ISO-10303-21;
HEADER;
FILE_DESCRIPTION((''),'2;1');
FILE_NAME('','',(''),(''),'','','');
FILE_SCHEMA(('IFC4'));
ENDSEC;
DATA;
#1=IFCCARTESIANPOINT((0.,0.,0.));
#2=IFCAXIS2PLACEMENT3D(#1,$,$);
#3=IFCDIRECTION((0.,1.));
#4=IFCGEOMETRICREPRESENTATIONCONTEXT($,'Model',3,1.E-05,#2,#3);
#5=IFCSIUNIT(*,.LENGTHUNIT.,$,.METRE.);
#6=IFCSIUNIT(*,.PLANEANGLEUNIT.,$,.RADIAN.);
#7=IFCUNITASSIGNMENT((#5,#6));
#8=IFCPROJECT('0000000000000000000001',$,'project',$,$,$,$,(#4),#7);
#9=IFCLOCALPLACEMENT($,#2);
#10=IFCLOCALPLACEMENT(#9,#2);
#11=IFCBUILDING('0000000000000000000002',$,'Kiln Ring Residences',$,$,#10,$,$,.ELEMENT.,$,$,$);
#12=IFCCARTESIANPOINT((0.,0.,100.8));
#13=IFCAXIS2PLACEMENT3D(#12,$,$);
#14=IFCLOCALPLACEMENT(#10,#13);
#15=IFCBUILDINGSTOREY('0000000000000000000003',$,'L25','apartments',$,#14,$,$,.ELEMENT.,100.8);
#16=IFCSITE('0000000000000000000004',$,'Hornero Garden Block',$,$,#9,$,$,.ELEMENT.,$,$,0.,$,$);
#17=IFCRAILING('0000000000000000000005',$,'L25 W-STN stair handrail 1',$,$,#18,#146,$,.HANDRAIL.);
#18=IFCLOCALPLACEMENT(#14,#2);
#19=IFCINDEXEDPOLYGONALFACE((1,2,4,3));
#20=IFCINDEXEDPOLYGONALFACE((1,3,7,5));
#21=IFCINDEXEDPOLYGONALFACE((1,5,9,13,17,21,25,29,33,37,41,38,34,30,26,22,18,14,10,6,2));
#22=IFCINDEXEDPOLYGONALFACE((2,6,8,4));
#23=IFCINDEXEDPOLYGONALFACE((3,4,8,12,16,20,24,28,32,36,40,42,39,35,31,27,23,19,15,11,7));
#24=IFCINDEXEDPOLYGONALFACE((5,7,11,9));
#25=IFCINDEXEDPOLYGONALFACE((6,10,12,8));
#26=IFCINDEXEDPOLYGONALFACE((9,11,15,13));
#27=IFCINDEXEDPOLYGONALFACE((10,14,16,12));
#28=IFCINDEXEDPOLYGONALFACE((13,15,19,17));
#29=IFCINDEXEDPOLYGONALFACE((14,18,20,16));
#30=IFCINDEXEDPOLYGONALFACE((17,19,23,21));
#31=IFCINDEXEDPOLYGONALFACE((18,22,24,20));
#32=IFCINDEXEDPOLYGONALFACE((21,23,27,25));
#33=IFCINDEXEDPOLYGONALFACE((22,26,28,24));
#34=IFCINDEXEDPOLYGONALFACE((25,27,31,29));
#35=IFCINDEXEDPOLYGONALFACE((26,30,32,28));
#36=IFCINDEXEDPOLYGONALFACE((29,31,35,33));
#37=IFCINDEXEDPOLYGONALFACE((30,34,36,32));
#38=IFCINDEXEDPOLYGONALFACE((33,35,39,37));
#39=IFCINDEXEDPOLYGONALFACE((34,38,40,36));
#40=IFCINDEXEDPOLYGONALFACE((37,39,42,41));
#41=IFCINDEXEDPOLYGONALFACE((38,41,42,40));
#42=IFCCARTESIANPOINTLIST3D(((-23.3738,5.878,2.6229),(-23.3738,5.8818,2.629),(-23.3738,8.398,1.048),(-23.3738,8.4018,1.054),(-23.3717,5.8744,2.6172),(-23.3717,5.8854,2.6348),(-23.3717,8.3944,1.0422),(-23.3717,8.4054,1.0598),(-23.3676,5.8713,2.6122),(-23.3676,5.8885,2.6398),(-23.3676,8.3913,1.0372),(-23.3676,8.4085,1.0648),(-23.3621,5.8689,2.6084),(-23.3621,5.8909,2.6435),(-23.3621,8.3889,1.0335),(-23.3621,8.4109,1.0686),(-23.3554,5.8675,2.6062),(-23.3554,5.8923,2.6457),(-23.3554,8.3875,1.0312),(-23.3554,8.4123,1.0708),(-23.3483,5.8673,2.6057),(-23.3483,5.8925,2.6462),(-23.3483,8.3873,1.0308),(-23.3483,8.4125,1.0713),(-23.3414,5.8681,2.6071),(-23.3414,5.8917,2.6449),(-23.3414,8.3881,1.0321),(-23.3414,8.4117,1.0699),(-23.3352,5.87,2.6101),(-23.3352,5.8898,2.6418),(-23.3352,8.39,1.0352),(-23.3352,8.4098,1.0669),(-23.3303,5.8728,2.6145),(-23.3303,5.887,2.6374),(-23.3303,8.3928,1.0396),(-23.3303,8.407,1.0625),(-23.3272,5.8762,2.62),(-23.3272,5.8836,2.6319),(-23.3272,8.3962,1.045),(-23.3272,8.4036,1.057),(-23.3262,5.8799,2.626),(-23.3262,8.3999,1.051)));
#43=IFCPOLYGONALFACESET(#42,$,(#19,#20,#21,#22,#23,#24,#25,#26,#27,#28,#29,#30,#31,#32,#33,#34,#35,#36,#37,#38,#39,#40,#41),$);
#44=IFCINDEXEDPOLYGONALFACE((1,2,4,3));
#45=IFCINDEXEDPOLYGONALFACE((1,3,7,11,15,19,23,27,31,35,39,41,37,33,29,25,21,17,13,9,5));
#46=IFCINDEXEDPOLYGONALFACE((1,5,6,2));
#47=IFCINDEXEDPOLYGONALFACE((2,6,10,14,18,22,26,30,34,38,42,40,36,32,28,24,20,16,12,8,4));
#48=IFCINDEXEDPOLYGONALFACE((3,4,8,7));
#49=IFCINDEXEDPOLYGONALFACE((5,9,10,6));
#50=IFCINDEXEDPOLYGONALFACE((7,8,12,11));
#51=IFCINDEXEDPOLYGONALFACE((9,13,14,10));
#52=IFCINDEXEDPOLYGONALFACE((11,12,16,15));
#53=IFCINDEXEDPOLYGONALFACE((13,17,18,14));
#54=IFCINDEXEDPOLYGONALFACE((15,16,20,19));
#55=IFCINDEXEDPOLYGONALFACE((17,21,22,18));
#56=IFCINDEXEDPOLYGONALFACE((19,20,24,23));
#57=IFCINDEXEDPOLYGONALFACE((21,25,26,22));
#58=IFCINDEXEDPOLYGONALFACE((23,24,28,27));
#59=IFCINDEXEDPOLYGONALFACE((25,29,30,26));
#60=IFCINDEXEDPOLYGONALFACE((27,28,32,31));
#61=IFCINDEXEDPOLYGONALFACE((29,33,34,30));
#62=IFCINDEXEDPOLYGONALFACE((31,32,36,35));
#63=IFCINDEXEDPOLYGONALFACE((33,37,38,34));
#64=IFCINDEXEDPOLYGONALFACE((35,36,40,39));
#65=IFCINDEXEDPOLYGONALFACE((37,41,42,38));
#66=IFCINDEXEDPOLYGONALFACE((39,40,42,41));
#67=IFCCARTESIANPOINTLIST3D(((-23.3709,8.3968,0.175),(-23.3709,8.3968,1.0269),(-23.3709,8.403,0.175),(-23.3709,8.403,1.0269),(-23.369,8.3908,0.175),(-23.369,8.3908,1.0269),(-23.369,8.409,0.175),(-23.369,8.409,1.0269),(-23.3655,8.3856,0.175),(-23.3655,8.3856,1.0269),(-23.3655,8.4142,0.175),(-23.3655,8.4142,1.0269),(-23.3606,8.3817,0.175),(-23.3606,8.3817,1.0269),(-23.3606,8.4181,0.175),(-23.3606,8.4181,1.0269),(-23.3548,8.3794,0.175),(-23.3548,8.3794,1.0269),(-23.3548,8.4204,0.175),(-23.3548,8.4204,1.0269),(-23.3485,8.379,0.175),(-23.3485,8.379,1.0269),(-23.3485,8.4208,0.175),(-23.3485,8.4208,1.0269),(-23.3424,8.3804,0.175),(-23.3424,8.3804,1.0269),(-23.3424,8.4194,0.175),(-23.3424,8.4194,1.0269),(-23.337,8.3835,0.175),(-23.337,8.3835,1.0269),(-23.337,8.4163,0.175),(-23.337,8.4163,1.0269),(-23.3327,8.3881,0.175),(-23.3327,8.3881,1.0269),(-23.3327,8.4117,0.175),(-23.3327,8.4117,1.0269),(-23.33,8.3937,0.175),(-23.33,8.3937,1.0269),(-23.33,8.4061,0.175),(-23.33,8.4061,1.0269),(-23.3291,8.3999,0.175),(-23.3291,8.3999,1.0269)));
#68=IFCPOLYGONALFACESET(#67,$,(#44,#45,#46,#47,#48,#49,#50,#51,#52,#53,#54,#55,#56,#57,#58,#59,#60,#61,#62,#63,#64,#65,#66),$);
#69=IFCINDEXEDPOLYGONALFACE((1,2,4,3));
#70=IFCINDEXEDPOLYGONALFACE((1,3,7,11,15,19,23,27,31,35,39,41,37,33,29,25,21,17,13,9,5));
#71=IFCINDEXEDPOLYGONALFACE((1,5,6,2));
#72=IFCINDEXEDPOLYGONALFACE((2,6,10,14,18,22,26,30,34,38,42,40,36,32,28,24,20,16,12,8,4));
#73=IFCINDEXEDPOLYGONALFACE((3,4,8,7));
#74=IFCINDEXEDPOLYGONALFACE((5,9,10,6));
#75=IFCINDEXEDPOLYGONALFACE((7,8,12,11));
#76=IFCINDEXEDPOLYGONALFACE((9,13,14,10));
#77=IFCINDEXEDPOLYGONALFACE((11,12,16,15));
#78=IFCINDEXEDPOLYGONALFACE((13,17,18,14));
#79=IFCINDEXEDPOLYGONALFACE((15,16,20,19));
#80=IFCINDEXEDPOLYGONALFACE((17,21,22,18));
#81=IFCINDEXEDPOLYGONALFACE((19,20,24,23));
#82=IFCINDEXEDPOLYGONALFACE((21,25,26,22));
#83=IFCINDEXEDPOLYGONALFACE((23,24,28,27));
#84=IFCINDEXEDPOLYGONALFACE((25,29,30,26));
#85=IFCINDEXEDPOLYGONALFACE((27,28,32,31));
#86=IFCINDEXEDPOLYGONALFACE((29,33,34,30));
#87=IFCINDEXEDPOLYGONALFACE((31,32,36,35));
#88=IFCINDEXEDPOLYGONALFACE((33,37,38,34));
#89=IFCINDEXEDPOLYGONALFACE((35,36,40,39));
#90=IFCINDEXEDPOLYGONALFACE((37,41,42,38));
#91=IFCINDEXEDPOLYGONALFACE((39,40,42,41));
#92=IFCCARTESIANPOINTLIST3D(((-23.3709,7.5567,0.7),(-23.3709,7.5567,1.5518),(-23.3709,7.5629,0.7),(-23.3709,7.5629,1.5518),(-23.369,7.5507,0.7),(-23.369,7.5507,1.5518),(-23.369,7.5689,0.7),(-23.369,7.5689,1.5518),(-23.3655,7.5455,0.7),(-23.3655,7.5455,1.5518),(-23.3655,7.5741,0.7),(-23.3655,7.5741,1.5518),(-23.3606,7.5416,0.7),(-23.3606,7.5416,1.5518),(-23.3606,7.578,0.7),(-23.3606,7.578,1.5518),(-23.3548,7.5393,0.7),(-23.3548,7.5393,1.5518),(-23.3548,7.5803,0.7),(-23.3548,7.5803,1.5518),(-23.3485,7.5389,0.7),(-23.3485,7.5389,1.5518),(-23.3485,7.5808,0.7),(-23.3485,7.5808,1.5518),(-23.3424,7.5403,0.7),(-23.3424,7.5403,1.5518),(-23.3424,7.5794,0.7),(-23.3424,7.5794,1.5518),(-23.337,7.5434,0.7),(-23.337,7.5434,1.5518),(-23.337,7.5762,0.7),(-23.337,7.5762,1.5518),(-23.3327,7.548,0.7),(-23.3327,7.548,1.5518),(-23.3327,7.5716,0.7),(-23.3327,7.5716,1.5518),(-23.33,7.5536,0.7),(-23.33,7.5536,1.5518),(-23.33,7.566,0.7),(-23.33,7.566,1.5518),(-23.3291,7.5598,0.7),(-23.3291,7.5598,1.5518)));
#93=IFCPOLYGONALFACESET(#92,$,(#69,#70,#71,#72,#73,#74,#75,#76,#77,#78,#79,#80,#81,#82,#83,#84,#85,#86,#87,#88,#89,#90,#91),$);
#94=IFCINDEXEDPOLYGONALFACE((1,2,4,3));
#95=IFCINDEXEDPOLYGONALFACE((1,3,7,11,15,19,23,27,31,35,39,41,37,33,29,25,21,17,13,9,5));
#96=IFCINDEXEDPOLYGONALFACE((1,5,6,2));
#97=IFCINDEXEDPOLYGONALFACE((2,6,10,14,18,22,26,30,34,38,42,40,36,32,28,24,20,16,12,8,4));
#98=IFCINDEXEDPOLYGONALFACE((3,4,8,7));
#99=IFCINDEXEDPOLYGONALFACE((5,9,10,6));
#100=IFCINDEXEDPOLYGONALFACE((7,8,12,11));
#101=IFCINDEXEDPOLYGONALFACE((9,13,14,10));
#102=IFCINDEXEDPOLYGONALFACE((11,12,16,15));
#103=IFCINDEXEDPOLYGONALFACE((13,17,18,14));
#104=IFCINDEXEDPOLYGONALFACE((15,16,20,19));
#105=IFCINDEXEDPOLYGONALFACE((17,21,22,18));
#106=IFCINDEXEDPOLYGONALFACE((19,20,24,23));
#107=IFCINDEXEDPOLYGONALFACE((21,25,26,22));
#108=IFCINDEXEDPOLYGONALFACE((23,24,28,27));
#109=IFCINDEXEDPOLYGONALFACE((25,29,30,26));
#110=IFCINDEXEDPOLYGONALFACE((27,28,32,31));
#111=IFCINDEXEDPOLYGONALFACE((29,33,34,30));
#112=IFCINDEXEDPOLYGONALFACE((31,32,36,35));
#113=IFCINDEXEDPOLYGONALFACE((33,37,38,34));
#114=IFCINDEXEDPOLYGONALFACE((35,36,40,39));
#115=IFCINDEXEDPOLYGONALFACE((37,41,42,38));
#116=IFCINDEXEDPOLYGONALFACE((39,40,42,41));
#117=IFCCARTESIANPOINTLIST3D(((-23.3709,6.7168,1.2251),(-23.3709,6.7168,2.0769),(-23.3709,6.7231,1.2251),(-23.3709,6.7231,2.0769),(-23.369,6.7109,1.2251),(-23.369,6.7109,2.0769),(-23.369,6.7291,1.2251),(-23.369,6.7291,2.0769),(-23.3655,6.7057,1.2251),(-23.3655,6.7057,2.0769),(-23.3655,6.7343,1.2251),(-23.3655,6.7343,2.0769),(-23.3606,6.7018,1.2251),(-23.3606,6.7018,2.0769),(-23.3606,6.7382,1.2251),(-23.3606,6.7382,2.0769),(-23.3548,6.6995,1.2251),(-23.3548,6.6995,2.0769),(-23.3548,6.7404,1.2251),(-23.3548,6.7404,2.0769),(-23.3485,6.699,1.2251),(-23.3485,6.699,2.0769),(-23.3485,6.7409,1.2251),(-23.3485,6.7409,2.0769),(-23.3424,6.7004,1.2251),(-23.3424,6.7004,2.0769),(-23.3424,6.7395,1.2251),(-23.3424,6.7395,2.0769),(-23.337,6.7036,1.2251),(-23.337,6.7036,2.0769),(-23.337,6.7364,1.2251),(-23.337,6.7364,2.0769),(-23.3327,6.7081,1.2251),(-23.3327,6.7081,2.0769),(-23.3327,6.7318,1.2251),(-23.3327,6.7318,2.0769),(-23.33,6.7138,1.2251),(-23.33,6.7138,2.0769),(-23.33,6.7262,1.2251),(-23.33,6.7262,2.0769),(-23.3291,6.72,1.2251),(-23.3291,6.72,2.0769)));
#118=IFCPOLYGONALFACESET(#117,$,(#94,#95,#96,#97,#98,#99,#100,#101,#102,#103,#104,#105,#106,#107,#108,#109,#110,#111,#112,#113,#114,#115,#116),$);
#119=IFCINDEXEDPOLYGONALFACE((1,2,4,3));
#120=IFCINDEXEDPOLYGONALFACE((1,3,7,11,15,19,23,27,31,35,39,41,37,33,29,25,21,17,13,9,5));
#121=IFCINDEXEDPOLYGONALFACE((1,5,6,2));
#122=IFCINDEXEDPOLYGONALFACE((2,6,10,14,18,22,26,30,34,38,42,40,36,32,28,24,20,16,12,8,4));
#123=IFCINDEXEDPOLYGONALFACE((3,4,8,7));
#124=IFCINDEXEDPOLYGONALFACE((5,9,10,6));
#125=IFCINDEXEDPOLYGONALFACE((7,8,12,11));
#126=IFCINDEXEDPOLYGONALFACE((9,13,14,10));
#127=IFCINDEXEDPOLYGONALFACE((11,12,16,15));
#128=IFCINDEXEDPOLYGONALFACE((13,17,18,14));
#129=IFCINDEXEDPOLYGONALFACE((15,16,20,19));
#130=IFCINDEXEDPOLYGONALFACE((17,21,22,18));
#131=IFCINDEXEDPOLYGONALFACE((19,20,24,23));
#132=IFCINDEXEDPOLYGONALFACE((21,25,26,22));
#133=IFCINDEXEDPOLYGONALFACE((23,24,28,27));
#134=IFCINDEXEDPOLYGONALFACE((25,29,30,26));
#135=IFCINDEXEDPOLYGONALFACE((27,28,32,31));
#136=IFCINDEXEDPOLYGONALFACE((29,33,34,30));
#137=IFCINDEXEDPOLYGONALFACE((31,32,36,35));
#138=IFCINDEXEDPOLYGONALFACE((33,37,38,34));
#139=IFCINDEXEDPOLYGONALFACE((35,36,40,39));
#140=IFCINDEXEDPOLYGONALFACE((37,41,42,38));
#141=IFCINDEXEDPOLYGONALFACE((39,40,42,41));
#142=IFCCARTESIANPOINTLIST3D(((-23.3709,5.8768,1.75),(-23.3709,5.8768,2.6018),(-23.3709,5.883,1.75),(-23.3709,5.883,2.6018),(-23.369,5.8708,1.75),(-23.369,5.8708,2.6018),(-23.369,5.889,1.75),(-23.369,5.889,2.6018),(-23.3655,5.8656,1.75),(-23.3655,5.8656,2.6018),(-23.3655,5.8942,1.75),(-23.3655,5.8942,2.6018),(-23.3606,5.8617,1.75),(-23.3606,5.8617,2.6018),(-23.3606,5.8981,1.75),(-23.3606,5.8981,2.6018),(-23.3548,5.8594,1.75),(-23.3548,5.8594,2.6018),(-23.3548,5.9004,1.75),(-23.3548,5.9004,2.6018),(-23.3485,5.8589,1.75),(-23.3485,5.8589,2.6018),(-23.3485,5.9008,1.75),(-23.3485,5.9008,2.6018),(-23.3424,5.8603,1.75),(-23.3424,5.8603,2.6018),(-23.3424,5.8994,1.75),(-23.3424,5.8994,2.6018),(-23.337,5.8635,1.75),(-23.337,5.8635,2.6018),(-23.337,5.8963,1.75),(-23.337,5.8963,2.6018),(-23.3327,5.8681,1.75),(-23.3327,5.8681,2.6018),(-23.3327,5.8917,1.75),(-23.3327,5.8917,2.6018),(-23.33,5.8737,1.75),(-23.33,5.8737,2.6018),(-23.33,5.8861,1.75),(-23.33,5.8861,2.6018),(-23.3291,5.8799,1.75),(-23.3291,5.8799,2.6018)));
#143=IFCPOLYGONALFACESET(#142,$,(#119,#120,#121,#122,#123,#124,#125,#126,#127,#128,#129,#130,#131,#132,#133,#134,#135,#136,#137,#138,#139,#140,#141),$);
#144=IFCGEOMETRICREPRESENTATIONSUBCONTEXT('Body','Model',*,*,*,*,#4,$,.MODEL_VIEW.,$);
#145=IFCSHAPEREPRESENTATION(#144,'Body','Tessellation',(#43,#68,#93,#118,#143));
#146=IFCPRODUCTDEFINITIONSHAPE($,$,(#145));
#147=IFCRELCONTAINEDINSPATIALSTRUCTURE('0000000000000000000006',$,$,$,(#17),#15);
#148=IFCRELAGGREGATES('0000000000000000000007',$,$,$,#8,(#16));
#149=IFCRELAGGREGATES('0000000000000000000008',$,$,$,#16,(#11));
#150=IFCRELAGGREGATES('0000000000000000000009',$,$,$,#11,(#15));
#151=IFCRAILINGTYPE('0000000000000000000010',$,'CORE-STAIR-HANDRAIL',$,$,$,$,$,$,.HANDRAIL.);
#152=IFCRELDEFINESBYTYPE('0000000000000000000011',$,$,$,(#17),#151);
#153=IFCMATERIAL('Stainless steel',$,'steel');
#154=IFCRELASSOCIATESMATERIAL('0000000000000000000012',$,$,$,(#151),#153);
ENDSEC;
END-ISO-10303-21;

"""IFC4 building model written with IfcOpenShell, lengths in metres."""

from ifc_helpers import new_model, si_unit, direction, frame, origin, origin_2d, place, context, subcontext, project, spatial, circle, extrude, material, type_object, element, save


model = new_model("IFC4")

# Units and contexts
model_context = context("Model", 3, precision=1e-05, world=origin(), true_north=direction((0.0, 1.0)))
body_context = subcontext(model_context, "Body", "Model", "MODEL_VIEW")
ifc_project = project(units=[si_unit("LENGTHUNIT", "METRE"), si_unit("PLANEANGLEUNIT", "RADIAN")], contexts=[model_context])

# Site, building, storey
site_placement = place(None, origin())
site = spatial("IfcSite", under=ifc_project, at=site_placement, Name="Hornero Garden Block", CompositionType="ELEMENT", RefElevation=0.0)
building_placement = place(site_placement, origin())
building = spatial("IfcBuilding", under=site, at=building_placement, Name="Kiln Ring Residences", CompositionType="ELEMENT")
storey_placement = place(building_placement, frame((0.0, 0.0, 100.8)))
storey = spatial("IfcBuildingStorey", under=building, at=storey_placement, Name="L25", Description="apartments", CompositionType="ELEMENT", Elevation=100.8)

# Railing
ifc_material_1 = material(Name="Stainless steel", Category="steel")
railing_type_1 = type_object("IfcRailingType", Name="CORE-STAIR-HANDRAIL", PredefinedType="HANDRAIL", material=ifc_material_1)
railing_1_placement = place(storey_placement, frame((-23.3501, 8.3999, 0.175)))
element("IfcRailing", 1, at=railing_1_placement, inside=storey, type_object=railing_type_1, Name="L25 W-STN stair handrail 1", PredefinedType="HANDRAIL", context=body_context, shape_type="SweptSolid", body=[
    extrude(circle(Radius=0.0239, at=origin_2d()), frame((0.0, 0.0, 0.876), z_axis=(0.0, -0.848008, 0.529984), x_axis=(1.0, 0.0, 0.0)), (0.0, 0.0, 1.0), 2.9717),
    extrude(circle(Radius=0.021, at=origin_2d()), origin(), (0.0, 0.0, 1.0), 0.8518),
    extrude(circle(Radius=0.021, at=origin_2d()), frame((0.0, -0.8401, 0.5249)), (0.0, 0.0, 1.0), 0.8518),
    extrude(circle(Radius=0.021, at=origin_2d()), frame((0.0, -1.6799, 1.05)), (0.0, 0.0, 1.0), 0.8518),
    extrude(circle(Radius=0.021, at=origin_2d()), frame((0.0, -2.52, 1.575)), (0.0, 0.0, 1.0), 0.8518),
])

save(model, "model.ifc")
